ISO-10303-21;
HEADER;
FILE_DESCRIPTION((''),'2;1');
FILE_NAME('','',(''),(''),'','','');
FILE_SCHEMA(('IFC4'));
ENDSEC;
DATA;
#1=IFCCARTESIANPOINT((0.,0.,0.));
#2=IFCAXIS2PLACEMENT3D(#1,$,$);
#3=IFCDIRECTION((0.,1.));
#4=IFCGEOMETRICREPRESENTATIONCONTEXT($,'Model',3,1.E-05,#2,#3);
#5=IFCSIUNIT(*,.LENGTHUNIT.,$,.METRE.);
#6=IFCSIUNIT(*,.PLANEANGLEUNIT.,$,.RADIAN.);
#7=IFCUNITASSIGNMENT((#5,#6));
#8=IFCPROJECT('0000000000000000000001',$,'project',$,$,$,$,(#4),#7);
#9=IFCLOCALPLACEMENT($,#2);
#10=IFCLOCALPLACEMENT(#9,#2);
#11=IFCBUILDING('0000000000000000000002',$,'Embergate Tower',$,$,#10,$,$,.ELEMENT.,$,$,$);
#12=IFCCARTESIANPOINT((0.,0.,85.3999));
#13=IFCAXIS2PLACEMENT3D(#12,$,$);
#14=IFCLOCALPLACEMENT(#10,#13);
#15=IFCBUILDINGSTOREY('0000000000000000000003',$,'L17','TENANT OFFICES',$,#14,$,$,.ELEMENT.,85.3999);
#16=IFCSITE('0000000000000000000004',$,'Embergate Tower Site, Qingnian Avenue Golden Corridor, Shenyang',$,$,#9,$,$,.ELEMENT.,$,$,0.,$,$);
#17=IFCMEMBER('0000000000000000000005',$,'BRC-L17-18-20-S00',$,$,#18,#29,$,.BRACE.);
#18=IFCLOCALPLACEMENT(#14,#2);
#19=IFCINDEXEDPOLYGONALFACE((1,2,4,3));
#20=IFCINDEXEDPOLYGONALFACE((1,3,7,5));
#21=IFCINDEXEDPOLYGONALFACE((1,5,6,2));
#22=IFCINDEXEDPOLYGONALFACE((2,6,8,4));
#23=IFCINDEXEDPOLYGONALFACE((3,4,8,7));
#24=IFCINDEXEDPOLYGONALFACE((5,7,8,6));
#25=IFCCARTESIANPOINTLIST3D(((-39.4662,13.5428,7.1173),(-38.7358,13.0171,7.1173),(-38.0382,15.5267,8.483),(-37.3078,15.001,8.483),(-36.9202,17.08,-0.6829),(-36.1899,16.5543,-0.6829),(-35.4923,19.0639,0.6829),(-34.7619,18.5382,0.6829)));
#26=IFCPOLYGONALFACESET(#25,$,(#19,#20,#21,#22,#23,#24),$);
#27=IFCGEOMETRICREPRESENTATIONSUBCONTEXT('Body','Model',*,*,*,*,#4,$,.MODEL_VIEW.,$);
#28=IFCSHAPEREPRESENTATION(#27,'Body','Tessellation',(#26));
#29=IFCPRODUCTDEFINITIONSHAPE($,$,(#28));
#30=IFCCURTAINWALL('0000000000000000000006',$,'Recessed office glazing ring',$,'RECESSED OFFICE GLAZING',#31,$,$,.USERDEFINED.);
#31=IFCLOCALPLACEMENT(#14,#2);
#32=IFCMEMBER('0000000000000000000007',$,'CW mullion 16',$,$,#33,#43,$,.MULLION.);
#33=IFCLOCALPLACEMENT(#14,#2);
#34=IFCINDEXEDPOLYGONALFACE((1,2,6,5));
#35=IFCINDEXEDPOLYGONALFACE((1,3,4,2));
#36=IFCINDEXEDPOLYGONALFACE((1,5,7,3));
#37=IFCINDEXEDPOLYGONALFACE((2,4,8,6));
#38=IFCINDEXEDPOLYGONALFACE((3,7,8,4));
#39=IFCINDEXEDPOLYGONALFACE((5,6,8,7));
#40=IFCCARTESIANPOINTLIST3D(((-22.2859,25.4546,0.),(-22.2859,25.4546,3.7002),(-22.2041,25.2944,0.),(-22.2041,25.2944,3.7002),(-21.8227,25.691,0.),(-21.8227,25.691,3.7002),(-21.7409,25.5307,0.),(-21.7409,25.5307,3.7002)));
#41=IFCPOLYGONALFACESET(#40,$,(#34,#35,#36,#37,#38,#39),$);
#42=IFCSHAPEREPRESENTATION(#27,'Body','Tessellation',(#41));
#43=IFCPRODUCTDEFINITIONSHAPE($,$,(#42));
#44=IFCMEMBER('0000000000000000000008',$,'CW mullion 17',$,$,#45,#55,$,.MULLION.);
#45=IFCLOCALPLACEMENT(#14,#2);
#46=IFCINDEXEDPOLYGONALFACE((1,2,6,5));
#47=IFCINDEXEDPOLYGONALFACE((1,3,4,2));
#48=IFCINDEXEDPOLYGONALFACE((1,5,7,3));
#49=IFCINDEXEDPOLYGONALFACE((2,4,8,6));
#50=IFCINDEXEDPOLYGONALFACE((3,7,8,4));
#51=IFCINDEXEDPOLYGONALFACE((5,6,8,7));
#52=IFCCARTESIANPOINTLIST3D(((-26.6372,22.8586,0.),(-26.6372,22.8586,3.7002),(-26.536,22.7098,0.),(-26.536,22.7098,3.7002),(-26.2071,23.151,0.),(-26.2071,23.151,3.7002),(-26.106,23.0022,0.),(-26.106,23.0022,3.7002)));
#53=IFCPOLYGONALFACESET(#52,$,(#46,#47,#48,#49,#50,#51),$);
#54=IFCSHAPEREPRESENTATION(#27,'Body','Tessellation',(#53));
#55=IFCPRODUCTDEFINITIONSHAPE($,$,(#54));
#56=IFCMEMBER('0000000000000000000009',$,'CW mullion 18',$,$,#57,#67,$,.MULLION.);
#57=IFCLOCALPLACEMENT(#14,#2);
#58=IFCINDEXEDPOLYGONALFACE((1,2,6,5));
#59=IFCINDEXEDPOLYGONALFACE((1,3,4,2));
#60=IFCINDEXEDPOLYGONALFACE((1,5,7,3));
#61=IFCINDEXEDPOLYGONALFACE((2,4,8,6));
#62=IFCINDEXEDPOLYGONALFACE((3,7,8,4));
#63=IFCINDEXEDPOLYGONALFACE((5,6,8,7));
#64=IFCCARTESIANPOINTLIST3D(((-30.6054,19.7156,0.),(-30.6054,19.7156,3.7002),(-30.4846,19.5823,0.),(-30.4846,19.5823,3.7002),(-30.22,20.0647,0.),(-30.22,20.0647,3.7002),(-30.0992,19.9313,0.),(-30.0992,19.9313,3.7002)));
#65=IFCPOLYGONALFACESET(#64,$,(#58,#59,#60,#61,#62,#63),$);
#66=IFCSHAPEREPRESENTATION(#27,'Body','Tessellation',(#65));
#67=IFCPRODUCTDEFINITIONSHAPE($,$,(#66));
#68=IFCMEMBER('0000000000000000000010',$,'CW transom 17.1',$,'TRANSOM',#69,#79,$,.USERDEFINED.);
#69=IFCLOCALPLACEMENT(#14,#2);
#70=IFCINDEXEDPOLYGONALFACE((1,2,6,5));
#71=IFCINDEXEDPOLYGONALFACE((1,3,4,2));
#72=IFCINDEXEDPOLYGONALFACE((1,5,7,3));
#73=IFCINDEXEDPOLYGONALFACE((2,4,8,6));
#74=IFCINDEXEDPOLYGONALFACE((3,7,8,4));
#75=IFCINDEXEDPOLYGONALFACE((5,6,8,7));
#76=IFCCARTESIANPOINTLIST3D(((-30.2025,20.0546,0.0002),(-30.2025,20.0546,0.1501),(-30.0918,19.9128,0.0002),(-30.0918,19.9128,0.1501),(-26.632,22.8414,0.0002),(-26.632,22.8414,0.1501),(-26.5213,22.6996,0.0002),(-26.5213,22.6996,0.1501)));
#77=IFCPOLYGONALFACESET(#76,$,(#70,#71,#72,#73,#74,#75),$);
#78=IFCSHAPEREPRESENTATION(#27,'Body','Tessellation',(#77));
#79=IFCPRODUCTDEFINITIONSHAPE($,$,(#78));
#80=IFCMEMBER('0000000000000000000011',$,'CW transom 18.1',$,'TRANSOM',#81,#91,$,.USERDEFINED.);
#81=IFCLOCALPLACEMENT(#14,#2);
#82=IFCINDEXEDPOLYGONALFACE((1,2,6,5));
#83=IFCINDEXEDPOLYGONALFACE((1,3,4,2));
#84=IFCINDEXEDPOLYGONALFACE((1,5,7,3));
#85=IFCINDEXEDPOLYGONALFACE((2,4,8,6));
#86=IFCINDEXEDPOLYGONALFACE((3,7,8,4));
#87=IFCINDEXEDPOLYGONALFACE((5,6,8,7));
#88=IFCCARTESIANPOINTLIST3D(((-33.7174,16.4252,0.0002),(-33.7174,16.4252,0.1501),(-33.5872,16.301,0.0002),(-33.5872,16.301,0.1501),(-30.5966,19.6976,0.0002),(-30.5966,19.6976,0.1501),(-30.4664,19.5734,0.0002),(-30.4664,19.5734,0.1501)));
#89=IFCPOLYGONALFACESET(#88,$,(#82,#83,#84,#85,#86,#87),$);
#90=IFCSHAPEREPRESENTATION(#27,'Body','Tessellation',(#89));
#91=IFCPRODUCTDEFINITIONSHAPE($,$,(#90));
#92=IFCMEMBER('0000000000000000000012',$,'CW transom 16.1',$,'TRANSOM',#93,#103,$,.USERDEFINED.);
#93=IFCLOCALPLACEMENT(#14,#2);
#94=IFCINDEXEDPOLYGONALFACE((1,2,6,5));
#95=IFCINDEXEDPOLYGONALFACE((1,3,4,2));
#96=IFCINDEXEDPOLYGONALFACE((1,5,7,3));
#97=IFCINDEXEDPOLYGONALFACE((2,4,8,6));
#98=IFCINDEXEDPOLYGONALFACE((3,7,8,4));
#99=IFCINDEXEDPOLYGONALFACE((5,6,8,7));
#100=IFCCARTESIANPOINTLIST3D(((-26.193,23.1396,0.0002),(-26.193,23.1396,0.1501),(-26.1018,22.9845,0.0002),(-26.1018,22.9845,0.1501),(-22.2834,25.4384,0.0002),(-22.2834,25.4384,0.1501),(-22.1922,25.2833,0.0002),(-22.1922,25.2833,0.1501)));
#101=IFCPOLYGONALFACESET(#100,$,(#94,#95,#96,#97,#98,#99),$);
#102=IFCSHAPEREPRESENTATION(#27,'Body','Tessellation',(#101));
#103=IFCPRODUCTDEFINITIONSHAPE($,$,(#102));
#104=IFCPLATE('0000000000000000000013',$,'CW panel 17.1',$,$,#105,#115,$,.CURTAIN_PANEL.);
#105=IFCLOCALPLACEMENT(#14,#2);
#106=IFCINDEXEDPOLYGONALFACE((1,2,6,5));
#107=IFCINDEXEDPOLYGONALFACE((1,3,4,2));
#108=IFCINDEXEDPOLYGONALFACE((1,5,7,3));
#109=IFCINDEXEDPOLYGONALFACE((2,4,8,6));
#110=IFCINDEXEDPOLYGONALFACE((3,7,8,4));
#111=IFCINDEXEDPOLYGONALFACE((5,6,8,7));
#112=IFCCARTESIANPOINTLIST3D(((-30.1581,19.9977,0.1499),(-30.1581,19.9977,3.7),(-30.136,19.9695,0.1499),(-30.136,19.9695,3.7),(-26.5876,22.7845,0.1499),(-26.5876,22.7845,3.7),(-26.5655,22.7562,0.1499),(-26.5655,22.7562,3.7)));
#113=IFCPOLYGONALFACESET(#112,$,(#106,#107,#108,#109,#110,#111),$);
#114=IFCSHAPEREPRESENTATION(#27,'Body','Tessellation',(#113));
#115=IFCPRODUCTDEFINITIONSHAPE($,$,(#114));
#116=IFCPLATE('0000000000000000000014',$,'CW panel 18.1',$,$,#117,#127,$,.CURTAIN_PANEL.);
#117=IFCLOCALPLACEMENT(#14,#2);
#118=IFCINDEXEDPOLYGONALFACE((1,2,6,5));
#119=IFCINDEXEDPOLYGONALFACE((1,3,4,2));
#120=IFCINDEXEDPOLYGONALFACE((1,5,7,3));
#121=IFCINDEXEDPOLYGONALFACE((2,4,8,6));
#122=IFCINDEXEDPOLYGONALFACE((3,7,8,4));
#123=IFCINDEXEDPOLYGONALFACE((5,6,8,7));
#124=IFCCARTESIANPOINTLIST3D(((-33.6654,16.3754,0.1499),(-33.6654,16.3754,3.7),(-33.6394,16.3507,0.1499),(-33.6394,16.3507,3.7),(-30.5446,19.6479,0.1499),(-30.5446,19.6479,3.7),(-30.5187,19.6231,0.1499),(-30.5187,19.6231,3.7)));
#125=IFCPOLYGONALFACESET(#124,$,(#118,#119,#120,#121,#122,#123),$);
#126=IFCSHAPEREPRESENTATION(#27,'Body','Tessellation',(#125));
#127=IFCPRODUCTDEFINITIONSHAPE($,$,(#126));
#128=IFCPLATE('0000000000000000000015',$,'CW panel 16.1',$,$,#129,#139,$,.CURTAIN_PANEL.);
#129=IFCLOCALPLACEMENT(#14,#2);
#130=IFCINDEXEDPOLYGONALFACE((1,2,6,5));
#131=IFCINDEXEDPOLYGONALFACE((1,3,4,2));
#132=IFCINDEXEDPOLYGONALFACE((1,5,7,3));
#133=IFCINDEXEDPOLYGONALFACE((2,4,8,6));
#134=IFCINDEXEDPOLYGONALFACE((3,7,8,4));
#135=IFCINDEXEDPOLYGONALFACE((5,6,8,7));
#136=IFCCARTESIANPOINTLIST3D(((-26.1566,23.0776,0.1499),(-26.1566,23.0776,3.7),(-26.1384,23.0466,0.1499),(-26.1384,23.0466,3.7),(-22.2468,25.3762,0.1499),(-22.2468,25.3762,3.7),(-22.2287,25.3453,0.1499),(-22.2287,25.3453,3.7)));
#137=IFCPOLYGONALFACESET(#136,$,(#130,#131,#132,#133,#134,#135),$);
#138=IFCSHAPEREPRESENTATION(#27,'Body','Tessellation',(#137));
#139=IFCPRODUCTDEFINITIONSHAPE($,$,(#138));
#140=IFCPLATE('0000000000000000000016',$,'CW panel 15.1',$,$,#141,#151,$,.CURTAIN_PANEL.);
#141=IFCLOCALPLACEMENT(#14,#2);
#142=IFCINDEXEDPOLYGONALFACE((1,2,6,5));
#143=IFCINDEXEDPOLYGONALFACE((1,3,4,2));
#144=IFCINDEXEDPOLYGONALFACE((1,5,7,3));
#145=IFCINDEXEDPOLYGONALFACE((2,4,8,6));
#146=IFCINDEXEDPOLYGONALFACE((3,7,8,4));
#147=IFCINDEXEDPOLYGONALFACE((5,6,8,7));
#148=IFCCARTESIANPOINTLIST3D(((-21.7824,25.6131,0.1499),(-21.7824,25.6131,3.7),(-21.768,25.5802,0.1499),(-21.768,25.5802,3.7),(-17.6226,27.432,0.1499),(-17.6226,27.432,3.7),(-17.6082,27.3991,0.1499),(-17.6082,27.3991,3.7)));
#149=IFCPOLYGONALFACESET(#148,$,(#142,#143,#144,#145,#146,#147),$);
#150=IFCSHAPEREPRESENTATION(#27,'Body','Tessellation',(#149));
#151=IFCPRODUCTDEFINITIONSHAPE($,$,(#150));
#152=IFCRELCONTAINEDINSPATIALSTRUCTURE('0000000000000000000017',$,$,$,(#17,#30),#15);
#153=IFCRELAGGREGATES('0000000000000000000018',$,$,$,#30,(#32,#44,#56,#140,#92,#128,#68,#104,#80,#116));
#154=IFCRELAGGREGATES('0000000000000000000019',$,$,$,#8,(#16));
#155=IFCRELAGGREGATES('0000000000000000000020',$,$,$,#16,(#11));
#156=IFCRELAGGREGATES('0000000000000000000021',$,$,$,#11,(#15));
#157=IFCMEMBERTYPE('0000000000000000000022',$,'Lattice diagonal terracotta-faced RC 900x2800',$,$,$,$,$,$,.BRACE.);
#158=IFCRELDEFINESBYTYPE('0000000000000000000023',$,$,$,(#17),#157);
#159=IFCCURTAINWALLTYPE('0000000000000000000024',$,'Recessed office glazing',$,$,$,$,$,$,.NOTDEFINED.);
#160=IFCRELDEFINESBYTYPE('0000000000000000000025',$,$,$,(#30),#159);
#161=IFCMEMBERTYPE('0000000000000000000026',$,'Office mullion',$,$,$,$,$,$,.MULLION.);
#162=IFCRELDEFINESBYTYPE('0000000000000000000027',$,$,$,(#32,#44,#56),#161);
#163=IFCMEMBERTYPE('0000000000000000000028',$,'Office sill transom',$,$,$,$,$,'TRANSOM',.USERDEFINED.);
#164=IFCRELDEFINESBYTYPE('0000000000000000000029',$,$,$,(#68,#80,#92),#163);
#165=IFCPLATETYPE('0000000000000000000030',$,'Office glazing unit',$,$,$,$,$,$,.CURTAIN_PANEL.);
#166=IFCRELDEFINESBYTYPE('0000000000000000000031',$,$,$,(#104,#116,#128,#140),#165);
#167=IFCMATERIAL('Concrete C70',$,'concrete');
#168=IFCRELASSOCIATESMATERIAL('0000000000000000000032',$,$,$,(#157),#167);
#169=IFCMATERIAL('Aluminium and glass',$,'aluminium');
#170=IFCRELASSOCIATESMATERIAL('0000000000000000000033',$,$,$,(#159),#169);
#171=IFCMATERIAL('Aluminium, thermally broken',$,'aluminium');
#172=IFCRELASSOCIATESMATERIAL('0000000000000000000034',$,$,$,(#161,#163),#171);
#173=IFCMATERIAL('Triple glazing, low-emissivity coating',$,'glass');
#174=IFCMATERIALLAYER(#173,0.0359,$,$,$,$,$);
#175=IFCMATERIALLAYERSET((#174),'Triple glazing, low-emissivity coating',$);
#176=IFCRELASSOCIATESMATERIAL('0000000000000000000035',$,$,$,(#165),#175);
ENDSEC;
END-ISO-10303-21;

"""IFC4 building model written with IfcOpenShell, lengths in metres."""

from ifc_helpers import new_model, si_unit, direction, frame, origin, origin_2d, place, context, subcontext, project, spatial, rectangle, extrude, source, transform, mapped, material, layer, layer_set, material_profile, profile_set, type_object, element, aggregate, save


model = new_model("IFC4")

# Units and contexts
model_context = context("Model", 3, precision=1e-05, world=origin(), true_north=direction((0.0, 1.0)))
body_context = subcontext(model_context, "Body", "Model", "MODEL_VIEW")
ifc_project = project(units=[si_unit("LENGTHUNIT", "METRE"), si_unit("PLANEANGLEUNIT", "RADIAN")], contexts=[model_context])

# Site, building, storey
site_placement = place(None, origin())
site = spatial("IfcSite", under=ifc_project, at=site_placement, Name="Embergate Tower Site, Qingnian Avenue Golden Corridor, Shenyang", CompositionType="ELEMENT", RefElevation=0.0)
building_placement = place(site_placement, origin())
building = spatial("IfcBuilding", under=site, at=building_placement, Name="Embergate Tower", CompositionType="ELEMENT")
storey_placement = place(building_placement, frame((0.0, 0.0, 85.3999)))
storey = spatial("IfcBuildingStorey", under=building, at=storey_placement, Name="L17", Description="TENANT OFFICES", CompositionType="ELEMENT", Elevation=85.3999)

# Shared definitions
ifc_material_1 = material(Name="Concrete C70", Category="concrete")

# Member
ifc_material_profile_1 = material_profile(ifc_material_1, rectangle(XDim=0.8999, YDim=2.8, at=origin_2d()), Name="RC 900x2800")
ifc_profile_set_1 = profile_set([ifc_material_profile_1], Name="Concrete C70")
member_type_1 = type_object("IfcMemberType", Name="Lattice diagonal terracotta-faced RC 900x2800", PredefinedType="BRACE", material=ifc_profile_set_1)
shared_shape_1 = source(origin(), body_context, "Body", "SweptSolid", [
    extrude(rectangle(XDim=0.8999, YDim=2.8, at=origin_2d()), origin(), (0.0, 0.0, 1.0), 8.9351),
])
member_1_placement = place(storey_placement, frame((-35.8411, 17.8091, 0.0), z_axis=(-0.284937, -0.395873, 0.872981), x_axis=(0.811624, -0.584181, 0.0)))
element("IfcMember", 1, at=member_1_placement, inside=storey, type_object=member_type_1, Name="BRC-L17-18-20-S00", PredefinedType="BRACE", context=body_context, shape_type="MappedRepresentation", body=[
    mapped(shared_shape_1, transform((0.0, 0.0, 0.0))),
])

# Curtain wall, members, plates
ifc_material_2 = material(Name="Aluminium and glass", Category="aluminium")
curtain_wall_type = type_object("IfcCurtainWallType", Name="Recessed office glazing", PredefinedType="NOTDEFINED", material=ifc_material_2)
curtain_wall_placement = place(storey_placement, origin())
curtain_wall = element("IfcCurtainWall", 2, at=curtain_wall_placement, inside=storey, type_object=curtain_wall_type, Name="Recessed office glazing ring", ObjectType="RECESSED OFFICE GLAZING", PredefinedType="USERDEFINED")
ifc_material_3 = material(Name="Aluminium, thermally broken", Category="aluminium")
ifc_material_profile_2 = material_profile(ifc_material_3, rectangle(XDim=0.1799, YDim=0.52, at=origin_2d()), Name="AL 520x180")
ifc_profile_set_2 = profile_set([ifc_material_profile_2], Name="Aluminium, thermally broken")
member_type_2 = type_object("IfcMemberType", Name="Office mullion", PredefinedType="MULLION", material=ifc_profile_set_2)
shared_shape_2 = source(origin(), body_context, "Body", "SweptSolid", [
    extrude(rectangle(XDim=0.1799, YDim=0.52, at=origin_2d()), origin(), (0.0, 0.0, 1.0), 3.7002),
])
member_2_placement = place(storey_placement, frame((-22.0134, 25.4927, 0.0), z_axis=(0.0, 0.0, 1.0), x_axis=(0.454511, -0.890741, 0.0)))
member_2 = element("IfcMember", 3, at=member_2_placement, type_object=member_type_2, Name="CW mullion 16", PredefinedType="MULLION", context=body_context, shape_type="MappedRepresentation", body=[
    mapped(shared_shape_2, transform((0.0, 0.0, 0.0))),
])
member_3_placement = place(storey_placement, frame((-26.3716, 22.9304, 0.0), z_axis=(0.0, 0.0, 1.0), x_axis=(0.562218, -0.826989, 0.0)))
member_3 = element("IfcMember", 4, at=member_3_placement, type_object=member_type_2, Name="CW mullion 17", PredefinedType="MULLION", context=body_context, shape_type="MappedRepresentation", body=[
    mapped(shared_shape_2, transform((0.0, 0.0, 0.0))),
])
member_4_placement = place(storey_placement, frame((-30.3523, 19.8235, 0.0), z_axis=(0.0, 0.0, 1.0), x_axis=(0.671229, -0.74125, 0.0)))
member_4 = element("IfcMember", 5, at=member_4_placement, type_object=member_type_2, Name="CW mullion 18", PredefinedType="MULLION", context=body_context, shape_type="MappedRepresentation", body=[
    mapped(shared_shape_2, transform((0.0, 0.0, 0.0))),
])
ifc_material_profile_3 = material_profile(ifc_material_3, rectangle(XDim=0.1799, YDim=0.1499, at=origin_2d()), Name="AL 150x180")
ifc_profile_set_3 = profile_set([ifc_material_profile_3], Name="Aluminium, thermally broken")
member_type_3 = type_object("IfcMemberType", Name="Office sill transom", ElementType="TRANSOM", PredefinedType="USERDEFINED", material=ifc_profile_set_3)
shared_shape_3 = source(origin(), body_context, "Body", "SweptSolid", [
    extrude(rectangle(XDim=0.1799, YDim=0.1499, at=origin_2d()), origin(), (0.0, 0.0, 1.0), 4.5293),
])
member_5_placement = place(storey_placement, frame((-26.5767, 22.7705, 0.0752), z_axis=(-0.788306, -0.615283, 0.0), x_axis=(0.615283, -0.788306, 0.0)))
member_5 = element("IfcMember", 6, at=member_5_placement, type_object=member_type_3, Name="CW transom 17.1", ObjectType="TRANSOM", PredefinedType="USERDEFINED", context=body_context, shape_type="MappedRepresentation", body=[
    mapped(shared_shape_3, transform((0.0, 0.0, 0.0))),
])
shared_shape_4 = source(origin(), body_context, "Body", "SweptSolid", [
    extrude(rectangle(XDim=0.1799, YDim=0.1499, at=origin_2d()), origin(), (0.0, 0.0, 1.0), 4.522),
])
member_6_placement = place(storey_placement, frame((-30.5315, 19.6355, 0.0752), z_axis=(-0.690144, -0.723672, 0.0), x_axis=(0.723672, -0.690144, 0.0)))
member_6 = element("IfcMember", 7, at=member_6_placement, type_object=member_type_3, Name="CW transom 18.1", ObjectType="TRANSOM", PredefinedType="USERDEFINED", context=body_context, shape_type="MappedRepresentation", body=[
    mapped(shared_shape_4, transform((0.0, 0.0, 0.0))),
])
shared_shape_5 = source(origin(), body_context, "Body", "SweptSolid", [
    extrude(rectangle(XDim=0.1799, YDim=0.1499, at=origin_2d()), origin(), (0.0, 0.0, 1.0), 4.5354),
])
member_7_placement = place(storey_placement, frame((-22.2378, 25.3608, 0.0752), z_axis=(-0.862028, -0.50686, 0.0), x_axis=(0.50686, -0.862028, 0.0)))
member_7 = element("IfcMember", 8, at=member_7_placement, type_object=member_type_3, Name="CW transom 16.1", ObjectType="TRANSOM", PredefinedType="USERDEFINED", context=body_context, shape_type="MappedRepresentation", body=[
    mapped(shared_shape_5, transform((0.0, 0.0, 0.0))),
])
ifc_material_4 = material(Name="Triple glazing, low-emissivity coating", Category="glass")
ifc_layer_1 = layer(ifc_material_4, 0.0359)
ifc_layer_set_1 = layer_set([ifc_layer_1], Name="Triple glazing, low-emissivity coating")
plate_type = type_object("IfcPlateType", Name="Office glazing unit", PredefinedType="CURTAIN_PANEL", material=ifc_layer_set_1)
shared_shape_6 = source(origin(), body_context, "Body", "SweptSolid", [
    extrude(rectangle(XDim=4.5293, YDim=0.0359, at=origin_2d()), origin(), (0.0, 0.0, 1.0), 3.55),
])
plate_1_placement = place(storey_placement, frame((-28.3618, 21.377, 0.1499), z_axis=(0.0, 0.0, 1.0), x_axis=(-0.788321, -0.615264, 0.0)))
plate_1 = element("IfcPlate", 9, at=plate_1_placement, type_object=plate_type, Name="CW panel 17.1", PredefinedType="CURTAIN_PANEL", context=body_context, shape_type="MappedRepresentation", body=[
    mapped(shared_shape_6, transform((0.0, 0.0, 0.0))),
])
shared_shape_7 = source(origin(), body_context, "Body", "SweptSolid", [
    extrude(rectangle(XDim=4.522, YDim=0.0359, at=origin_2d()), origin(), (0.0, 0.0, 1.0), 3.55),
])
plate_2_placement = place(storey_placement, frame((-32.092, 17.9993, 0.1499), z_axis=(0.0, 0.0, 1.0), x_axis=(-0.690135, -0.723681, 0.0)))
plate_2 = element("IfcPlate", 10, at=plate_2_placement, type_object=plate_type, Name="CW panel 18.1", PredefinedType="CURTAIN_PANEL", context=body_context, shape_type="MappedRepresentation", body=[
    mapped(shared_shape_7, transform((0.0, 0.0, 0.0))),
])
shared_shape_8 = source(origin(), body_context, "Body", "SweptSolid", [
    extrude(rectangle(XDim=4.5354, YDim=0.0359, at=origin_2d()), origin(), (0.0, 0.0, 1.0), 3.55),
])
plate_3_placement = place(storey_placement, frame((-24.1926, 24.2114, 0.1499), z_axis=(0.0, 0.0, 1.0), x_axis=(-0.862053, -0.506818, 0.0)))
plate_3 = element("IfcPlate", 11, at=plate_3_placement, type_object=plate_type, Name="CW panel 16.1", PredefinedType="CURTAIN_PANEL", context=body_context, shape_type="MappedRepresentation", body=[
    mapped(shared_shape_8, transform((0.0, 0.0, 0.0))),
])
shared_shape_9 = source(origin(), body_context, "Body", "SweptSolid", [
    extrude(rectangle(XDim=4.54, YDim=0.0359, at=origin_2d()), origin(), (0.0, 0.0, 1.0), 3.55),
])
plate_4_placement = place(storey_placement, frame((-19.6953, 26.5061, 0.1499), z_axis=(0.0, 0.0, 1.0), x_axis=(-0.916236, -0.400638, 0.0)))
plate_4 = element("IfcPlate", 12, at=plate_4_placement, type_object=plate_type, Name="CW panel 15.1", PredefinedType="CURTAIN_PANEL", context=body_context, shape_type="MappedRepresentation", body=[
    mapped(shared_shape_9, transform((0.0, 0.0, 0.0))),
])
aggregate(curtain_wall, [member_2, member_3, member_4, plate_4, member_7, plate_3, member_5, plate_1, member_6, plate_2])

save(model, "model.ifc")
